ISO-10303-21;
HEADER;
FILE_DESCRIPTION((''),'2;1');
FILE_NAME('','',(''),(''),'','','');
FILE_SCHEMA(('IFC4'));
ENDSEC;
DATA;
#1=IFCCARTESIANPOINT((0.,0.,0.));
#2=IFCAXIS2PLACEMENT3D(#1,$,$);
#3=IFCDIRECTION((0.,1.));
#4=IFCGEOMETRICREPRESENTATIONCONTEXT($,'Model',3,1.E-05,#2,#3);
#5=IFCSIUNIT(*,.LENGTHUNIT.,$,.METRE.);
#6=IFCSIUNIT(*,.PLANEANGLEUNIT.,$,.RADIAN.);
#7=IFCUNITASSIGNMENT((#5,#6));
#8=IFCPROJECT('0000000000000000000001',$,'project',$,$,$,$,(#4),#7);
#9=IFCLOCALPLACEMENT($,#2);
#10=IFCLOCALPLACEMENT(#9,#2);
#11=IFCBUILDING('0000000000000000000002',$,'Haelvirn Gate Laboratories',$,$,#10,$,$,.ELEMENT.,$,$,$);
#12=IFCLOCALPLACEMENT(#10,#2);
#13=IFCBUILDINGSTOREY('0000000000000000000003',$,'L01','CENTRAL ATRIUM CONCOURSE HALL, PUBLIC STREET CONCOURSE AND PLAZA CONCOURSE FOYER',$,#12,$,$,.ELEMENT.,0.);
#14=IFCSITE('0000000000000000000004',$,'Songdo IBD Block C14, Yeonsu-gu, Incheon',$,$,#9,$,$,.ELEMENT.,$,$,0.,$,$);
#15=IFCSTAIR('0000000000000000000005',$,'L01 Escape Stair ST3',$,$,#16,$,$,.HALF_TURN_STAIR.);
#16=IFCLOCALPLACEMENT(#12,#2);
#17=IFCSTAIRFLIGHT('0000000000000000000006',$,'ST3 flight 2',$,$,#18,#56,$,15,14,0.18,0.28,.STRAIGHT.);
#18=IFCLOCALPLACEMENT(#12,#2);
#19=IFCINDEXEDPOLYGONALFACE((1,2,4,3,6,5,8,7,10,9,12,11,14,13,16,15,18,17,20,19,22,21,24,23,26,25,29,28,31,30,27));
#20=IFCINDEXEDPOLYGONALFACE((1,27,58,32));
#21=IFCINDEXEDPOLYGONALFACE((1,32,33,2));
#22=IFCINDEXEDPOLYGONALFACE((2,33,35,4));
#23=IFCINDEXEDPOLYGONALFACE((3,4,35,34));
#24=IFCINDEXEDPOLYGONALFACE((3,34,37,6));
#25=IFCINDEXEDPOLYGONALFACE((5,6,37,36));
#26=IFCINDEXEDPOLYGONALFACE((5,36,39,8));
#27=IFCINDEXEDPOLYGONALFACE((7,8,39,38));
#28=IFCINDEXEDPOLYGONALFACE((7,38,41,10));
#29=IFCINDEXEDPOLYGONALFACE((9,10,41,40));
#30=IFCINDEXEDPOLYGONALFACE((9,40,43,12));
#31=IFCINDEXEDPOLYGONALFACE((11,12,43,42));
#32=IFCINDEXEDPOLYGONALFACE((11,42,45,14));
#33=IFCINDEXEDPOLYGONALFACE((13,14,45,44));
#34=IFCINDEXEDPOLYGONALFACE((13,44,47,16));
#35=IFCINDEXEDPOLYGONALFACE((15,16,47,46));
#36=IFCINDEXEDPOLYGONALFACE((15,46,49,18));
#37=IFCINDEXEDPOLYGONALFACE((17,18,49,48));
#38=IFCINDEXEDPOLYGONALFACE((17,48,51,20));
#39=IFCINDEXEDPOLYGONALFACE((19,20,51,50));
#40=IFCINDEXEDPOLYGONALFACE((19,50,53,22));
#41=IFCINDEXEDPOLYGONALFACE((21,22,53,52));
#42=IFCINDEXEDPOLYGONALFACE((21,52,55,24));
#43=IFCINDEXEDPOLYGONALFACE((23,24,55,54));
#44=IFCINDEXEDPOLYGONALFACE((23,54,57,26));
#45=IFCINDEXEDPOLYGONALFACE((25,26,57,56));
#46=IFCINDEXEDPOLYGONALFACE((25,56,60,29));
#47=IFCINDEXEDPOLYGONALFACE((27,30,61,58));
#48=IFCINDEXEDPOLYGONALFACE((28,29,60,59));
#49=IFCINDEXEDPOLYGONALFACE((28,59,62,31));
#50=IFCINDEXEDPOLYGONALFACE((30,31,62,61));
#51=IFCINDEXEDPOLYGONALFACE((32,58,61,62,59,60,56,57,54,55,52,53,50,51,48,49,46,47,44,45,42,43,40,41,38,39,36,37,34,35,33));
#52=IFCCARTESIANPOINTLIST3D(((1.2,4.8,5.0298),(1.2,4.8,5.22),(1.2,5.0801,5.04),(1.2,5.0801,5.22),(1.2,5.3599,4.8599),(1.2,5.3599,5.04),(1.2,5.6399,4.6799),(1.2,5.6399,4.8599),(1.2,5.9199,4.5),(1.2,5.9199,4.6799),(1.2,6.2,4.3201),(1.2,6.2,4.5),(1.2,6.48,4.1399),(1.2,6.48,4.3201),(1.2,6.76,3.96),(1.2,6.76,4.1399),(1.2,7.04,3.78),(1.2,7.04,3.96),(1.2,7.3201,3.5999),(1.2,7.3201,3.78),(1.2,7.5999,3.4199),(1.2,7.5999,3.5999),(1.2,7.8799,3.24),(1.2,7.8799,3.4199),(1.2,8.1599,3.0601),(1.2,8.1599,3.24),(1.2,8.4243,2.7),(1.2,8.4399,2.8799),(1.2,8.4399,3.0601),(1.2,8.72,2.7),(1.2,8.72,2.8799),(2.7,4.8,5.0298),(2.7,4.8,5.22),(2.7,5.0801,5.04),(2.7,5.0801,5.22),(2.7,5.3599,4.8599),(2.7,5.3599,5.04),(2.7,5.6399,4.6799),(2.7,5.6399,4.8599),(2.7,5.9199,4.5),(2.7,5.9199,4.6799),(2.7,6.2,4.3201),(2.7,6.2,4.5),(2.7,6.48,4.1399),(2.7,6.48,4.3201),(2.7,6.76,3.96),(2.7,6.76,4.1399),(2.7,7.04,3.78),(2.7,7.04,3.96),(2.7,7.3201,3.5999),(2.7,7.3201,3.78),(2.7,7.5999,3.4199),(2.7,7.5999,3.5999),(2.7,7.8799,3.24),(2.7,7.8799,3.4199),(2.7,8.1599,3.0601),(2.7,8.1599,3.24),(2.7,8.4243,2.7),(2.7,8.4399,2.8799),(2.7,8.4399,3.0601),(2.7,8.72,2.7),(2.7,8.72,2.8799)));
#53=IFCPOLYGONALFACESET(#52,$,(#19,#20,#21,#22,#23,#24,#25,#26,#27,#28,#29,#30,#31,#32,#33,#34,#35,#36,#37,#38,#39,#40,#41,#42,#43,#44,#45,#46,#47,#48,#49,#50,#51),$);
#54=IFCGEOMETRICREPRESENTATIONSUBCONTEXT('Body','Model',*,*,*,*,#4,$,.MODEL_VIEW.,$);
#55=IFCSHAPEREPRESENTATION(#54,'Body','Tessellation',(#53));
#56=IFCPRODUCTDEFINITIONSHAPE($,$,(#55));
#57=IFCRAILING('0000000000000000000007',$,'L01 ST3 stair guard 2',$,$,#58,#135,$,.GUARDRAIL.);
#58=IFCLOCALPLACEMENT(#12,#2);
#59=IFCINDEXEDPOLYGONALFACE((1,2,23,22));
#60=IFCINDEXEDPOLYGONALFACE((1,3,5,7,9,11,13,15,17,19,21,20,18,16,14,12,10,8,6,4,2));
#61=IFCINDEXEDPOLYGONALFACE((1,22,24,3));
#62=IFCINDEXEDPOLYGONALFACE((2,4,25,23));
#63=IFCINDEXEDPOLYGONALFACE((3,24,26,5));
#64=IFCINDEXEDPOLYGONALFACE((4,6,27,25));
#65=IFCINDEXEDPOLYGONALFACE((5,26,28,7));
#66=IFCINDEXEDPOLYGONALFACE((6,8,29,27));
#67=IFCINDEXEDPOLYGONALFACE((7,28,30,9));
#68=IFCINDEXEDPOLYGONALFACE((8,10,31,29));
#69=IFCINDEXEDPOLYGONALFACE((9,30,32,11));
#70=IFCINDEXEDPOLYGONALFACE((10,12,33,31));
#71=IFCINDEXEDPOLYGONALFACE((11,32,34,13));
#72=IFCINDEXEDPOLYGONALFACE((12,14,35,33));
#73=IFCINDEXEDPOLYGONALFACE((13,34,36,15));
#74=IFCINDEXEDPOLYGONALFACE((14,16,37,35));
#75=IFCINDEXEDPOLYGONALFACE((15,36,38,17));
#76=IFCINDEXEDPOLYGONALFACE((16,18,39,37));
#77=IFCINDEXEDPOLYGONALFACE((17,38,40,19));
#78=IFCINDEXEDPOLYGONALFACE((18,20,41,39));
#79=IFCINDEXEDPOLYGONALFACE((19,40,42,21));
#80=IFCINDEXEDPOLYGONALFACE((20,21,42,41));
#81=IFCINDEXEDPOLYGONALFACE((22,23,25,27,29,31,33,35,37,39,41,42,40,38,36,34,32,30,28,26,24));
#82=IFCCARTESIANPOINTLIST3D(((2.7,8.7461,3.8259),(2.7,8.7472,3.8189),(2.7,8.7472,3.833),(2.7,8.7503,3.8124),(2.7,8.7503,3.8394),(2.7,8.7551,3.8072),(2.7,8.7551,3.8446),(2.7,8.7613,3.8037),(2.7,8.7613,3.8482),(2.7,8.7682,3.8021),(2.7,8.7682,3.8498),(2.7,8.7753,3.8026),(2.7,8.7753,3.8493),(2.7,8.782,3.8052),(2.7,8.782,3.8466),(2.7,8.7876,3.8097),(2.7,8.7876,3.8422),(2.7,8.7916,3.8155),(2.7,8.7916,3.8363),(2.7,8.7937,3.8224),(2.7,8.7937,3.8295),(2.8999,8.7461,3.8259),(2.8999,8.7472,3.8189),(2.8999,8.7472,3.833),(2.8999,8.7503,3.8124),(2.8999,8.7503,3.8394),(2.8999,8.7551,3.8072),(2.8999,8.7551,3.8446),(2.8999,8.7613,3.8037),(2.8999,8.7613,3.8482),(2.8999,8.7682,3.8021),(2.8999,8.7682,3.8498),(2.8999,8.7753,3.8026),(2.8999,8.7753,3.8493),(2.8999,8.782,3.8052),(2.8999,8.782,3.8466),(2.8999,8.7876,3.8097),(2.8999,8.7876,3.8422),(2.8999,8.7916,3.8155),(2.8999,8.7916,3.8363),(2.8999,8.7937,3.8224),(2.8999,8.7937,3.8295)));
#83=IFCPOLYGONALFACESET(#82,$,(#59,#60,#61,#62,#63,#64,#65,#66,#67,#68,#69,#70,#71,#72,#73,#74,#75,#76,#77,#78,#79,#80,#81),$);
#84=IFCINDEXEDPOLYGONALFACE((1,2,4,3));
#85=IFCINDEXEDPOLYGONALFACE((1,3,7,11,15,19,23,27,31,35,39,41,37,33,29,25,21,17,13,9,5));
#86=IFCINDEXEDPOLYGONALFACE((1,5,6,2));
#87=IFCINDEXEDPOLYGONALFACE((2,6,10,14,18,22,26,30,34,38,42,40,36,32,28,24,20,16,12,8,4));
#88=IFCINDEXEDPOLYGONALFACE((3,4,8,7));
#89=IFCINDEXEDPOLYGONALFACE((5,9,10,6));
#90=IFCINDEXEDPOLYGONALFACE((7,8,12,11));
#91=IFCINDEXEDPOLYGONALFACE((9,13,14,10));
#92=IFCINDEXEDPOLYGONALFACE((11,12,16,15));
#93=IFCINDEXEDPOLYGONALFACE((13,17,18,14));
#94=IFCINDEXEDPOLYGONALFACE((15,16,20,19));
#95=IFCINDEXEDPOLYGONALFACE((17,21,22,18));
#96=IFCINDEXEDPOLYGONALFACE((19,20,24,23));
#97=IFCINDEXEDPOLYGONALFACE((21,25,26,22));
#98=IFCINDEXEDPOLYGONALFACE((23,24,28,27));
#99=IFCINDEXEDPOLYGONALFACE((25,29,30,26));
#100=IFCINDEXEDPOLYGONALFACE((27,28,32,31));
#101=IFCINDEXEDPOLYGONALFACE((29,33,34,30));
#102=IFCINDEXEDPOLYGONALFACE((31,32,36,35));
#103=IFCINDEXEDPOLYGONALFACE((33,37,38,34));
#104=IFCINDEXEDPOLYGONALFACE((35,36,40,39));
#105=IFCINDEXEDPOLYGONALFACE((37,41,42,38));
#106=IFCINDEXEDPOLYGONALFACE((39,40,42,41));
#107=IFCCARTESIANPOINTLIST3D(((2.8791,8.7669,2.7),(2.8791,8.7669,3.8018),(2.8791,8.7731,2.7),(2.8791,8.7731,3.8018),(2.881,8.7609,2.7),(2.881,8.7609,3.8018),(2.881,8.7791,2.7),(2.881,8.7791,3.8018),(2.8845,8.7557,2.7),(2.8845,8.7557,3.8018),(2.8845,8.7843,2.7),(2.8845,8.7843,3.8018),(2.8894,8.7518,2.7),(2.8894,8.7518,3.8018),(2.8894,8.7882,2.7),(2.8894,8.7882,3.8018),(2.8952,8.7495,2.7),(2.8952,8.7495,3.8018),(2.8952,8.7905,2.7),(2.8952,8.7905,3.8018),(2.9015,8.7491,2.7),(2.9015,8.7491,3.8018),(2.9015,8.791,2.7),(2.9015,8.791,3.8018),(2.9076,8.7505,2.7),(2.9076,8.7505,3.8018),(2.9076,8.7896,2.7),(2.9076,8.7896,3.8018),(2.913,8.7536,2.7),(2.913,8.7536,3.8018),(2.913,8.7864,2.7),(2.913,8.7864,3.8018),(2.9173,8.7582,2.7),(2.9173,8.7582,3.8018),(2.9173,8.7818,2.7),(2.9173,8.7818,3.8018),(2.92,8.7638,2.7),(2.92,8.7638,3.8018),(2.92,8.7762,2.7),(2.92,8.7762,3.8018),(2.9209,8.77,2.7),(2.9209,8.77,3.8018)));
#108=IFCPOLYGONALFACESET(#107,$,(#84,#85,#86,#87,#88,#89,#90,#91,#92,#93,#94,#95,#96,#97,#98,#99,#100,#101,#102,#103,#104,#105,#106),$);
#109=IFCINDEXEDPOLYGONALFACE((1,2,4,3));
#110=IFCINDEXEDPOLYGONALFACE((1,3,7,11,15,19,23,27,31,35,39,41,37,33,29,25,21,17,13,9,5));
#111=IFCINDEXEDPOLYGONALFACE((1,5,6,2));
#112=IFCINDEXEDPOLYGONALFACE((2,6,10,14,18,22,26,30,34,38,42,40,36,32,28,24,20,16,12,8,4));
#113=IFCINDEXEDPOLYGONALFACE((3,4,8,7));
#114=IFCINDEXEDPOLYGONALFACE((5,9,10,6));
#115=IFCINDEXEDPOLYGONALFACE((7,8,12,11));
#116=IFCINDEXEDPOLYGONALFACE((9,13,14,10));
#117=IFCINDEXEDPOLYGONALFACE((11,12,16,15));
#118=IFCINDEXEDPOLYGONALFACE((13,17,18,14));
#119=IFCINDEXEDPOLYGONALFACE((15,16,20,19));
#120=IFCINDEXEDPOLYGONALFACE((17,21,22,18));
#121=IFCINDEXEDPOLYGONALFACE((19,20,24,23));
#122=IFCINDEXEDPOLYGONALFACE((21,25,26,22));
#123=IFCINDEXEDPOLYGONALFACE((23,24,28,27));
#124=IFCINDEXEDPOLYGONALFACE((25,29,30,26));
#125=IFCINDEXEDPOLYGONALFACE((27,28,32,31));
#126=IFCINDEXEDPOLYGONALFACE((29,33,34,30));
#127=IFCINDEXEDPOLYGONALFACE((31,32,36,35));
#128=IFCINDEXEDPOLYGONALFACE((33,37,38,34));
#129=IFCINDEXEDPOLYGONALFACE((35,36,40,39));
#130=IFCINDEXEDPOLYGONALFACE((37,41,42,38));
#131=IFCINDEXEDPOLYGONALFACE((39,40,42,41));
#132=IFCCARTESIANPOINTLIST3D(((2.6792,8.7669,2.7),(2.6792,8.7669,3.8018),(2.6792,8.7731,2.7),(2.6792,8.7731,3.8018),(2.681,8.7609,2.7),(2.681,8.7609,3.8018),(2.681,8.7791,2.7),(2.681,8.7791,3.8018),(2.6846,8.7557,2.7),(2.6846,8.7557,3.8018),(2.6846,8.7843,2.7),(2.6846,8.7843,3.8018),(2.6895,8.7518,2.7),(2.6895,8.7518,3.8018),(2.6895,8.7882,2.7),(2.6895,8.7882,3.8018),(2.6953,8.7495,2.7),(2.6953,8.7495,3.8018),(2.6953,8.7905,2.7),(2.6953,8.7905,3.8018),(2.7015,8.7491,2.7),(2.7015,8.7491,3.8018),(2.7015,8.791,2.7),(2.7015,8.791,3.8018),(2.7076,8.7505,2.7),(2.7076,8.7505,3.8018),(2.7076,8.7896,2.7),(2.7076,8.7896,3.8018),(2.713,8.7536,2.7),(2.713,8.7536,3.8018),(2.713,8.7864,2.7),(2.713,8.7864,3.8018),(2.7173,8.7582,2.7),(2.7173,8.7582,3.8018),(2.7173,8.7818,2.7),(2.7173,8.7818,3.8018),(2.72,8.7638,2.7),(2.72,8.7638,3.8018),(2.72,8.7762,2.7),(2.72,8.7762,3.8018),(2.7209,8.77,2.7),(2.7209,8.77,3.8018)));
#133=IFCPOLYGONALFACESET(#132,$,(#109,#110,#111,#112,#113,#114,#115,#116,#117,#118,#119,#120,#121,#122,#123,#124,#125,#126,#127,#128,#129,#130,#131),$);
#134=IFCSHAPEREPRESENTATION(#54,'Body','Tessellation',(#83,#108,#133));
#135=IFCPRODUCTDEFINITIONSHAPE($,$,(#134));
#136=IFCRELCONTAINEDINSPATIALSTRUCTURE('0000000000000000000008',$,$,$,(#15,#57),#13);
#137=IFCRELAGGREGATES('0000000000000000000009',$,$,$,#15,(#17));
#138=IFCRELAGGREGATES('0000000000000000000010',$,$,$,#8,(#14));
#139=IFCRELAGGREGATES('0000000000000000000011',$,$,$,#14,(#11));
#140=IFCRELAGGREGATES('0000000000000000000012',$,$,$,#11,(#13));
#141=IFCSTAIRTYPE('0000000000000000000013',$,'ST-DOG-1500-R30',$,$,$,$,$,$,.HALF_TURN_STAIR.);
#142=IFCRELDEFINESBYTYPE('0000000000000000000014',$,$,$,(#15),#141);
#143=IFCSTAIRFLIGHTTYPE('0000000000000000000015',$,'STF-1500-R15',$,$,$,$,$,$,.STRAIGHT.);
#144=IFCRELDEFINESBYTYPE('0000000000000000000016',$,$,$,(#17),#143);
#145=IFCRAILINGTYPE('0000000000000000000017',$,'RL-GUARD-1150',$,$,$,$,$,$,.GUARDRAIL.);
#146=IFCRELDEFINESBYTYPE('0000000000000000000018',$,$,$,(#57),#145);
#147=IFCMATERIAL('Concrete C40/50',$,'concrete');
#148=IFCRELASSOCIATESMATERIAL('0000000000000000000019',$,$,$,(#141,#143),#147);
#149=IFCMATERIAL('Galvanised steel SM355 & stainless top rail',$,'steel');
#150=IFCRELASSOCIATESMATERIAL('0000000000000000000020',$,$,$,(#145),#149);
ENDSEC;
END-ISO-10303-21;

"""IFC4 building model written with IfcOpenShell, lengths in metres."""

from ifc_helpers import new_model, si_unit, direction, frame, origin, origin_2d, place, context, subcontext, project, spatial, polyline, circle, outline, extrude, source, transform, mapped, material, type_object, type_shapes, element, aggregate, save


model = new_model("IFC4")

# Units and contexts
model_context = context("Model", 3, precision=1e-05, world=origin(), true_north=direction((0.0, 1.0)))
body_context = subcontext(model_context, "Body", "Model", "MODEL_VIEW")
ifc_project = project(units=[si_unit("LENGTHUNIT", "METRE"), si_unit("PLANEANGLEUNIT", "RADIAN")], contexts=[model_context])

# Site, building, storey
site_placement = place(None, origin())
site = spatial("IfcSite", under=ifc_project, at=site_placement, Name="Songdo IBD Block C14, Yeonsu-gu, Incheon", CompositionType="ELEMENT", RefElevation=0.0)
building_placement = place(site_placement, origin())
building = spatial("IfcBuilding", under=site, at=building_placement, Name="Haelvirn Gate Laboratories", CompositionType="ELEMENT")
storey_placement = place(building_placement, origin())
storey = spatial("IfcBuildingStorey", under=building, at=storey_placement, Name="L01", Description="CENTRAL ATRIUM CONCOURSE HALL, PUBLIC STREET CONCOURSE AND PLAZA CONCOURSE FOYER", CompositionType="ELEMENT", Elevation=0.0)

# Shared definitions
ifc_material_1 = material(Name="Concrete C40/50", Category="concrete")

# Stair, stair flight
stair_type = type_object("IfcStairType", Name="ST-DOG-1500-R30", PredefinedType="HALF_TURN_STAIR", material=ifc_material_1)
stair_placement = place(storey_placement, origin())
stair = element("IfcStair", 1, at=stair_placement, inside=storey, type_object=stair_type, Name="L01 Escape Stair ST3", PredefinedType="HALF_TURN_STAIR")
stair_flight_type = type_object("IfcStairFlightType", Name="STF-1500-R15", PredefinedType="STRAIGHT", material=ifc_material_1)
shared_shape_1 = source(origin(), body_context, "Body", "SweptSolid", [
    extrude(outline(polyline([(0.0, 0.0), (0.0, 0.1799), (0.28, 0.1799), (0.28, 0.3601), (0.5601, 0.3601), (0.5601, 0.54), (0.8401, 0.54), (0.8401, 0.72), (1.1201, 0.72), (1.1201, 0.8999), (1.3999, 0.8999), (1.3999, 1.0801), (1.6799, 1.0801), (1.6799, 1.26), (1.96, 1.26), (1.96, 1.4399), (2.24, 1.4399), (2.24, 1.6201), (2.52, 1.6201), (2.52, 1.8), (2.8, 1.8), (2.8, 1.98), (3.0801, 1.98), (3.0801, 2.1599), (3.3601, 2.1599), (3.3601, 2.3401), (3.6399, 2.3401), (3.6399, 2.52), (3.9199, 2.52), (3.9199, 2.7), (3.9199, 2.3298), (0.2957, 0.0), (0.0, 0.0)])), frame((0.0, 0.75, 0.0), z_axis=(0.0, -1.0, 0.0), x_axis=(1.0, 0.0, 0.0)), (0.0, 0.0, 1.0), 1.5),
])
type_shapes(stair_flight_type, [shared_shape_1])
stair_flight_1_placement = place(storey_placement, frame((1.95, 8.72, 2.7), z_axis=(0.0, 0.0, 1.0), x_axis=(0.0, -1.0, 0.0)))
stair_flight_1 = element("IfcStairFlight", 2, at=stair_flight_1_placement, type_object=stair_flight_type, Name="ST3 flight 2", NumberOfRisers=15, NumberOfTreads=14, PredefinedType="STRAIGHT", RiserHeight=0.18, TreadLength=0.28, context=body_context, shape_type="MappedRepresentation", body=[
    mapped(shared_shape_1, transform((0.0, 0.0, 0.0), scale=1.0)),
])
aggregate(stair, [stair_flight_1])

# Railing
ifc_material_2 = material(Name="Galvanised steel SM355 & stainless top rail", Category="steel")
railing_type_1 = type_object("IfcRailingType", Name="RL-GUARD-1150", PredefinedType="GUARDRAIL", material=ifc_material_2)
shared_shape_2 = source(origin(), body_context, "Body", "SweptSolid", [
    extrude(circle(Radius=0.0239, at=origin_2d()), frame((0.0, 0.0, 1.126), z_axis=(-1.0, 0.0, 0.0), x_axis=(0.0, -1.0, 0.0)), (0.0, 0.0, 1.0), 0.2),
    extrude(circle(Radius=0.021, at=origin_2d()), origin(), (0.0, 0.0, 1.0), 1.1018),
    extrude(circle(Radius=0.021, at=origin_2d()), frame((-0.2, 0.0, 0.0)), (0.0, 0.0, 1.0), 1.1018),
])
for number, where, name in (
    (3, (2.8999, 8.77, 2.7), "L01 ST3 stair guard 2"),
):
    element("IfcRailing", number, at=place(storey_placement, frame(where)), inside=storey, type_object=railing_type_1, Name=name, PredefinedType="GUARDRAIL", context=body_context, shape_type="MappedRepresentation", body=[
        mapped(shared_shape_2, transform((0.0, 0.0, 0.0), scale=1.0)),
    ])

save(model, "model.ifc")
